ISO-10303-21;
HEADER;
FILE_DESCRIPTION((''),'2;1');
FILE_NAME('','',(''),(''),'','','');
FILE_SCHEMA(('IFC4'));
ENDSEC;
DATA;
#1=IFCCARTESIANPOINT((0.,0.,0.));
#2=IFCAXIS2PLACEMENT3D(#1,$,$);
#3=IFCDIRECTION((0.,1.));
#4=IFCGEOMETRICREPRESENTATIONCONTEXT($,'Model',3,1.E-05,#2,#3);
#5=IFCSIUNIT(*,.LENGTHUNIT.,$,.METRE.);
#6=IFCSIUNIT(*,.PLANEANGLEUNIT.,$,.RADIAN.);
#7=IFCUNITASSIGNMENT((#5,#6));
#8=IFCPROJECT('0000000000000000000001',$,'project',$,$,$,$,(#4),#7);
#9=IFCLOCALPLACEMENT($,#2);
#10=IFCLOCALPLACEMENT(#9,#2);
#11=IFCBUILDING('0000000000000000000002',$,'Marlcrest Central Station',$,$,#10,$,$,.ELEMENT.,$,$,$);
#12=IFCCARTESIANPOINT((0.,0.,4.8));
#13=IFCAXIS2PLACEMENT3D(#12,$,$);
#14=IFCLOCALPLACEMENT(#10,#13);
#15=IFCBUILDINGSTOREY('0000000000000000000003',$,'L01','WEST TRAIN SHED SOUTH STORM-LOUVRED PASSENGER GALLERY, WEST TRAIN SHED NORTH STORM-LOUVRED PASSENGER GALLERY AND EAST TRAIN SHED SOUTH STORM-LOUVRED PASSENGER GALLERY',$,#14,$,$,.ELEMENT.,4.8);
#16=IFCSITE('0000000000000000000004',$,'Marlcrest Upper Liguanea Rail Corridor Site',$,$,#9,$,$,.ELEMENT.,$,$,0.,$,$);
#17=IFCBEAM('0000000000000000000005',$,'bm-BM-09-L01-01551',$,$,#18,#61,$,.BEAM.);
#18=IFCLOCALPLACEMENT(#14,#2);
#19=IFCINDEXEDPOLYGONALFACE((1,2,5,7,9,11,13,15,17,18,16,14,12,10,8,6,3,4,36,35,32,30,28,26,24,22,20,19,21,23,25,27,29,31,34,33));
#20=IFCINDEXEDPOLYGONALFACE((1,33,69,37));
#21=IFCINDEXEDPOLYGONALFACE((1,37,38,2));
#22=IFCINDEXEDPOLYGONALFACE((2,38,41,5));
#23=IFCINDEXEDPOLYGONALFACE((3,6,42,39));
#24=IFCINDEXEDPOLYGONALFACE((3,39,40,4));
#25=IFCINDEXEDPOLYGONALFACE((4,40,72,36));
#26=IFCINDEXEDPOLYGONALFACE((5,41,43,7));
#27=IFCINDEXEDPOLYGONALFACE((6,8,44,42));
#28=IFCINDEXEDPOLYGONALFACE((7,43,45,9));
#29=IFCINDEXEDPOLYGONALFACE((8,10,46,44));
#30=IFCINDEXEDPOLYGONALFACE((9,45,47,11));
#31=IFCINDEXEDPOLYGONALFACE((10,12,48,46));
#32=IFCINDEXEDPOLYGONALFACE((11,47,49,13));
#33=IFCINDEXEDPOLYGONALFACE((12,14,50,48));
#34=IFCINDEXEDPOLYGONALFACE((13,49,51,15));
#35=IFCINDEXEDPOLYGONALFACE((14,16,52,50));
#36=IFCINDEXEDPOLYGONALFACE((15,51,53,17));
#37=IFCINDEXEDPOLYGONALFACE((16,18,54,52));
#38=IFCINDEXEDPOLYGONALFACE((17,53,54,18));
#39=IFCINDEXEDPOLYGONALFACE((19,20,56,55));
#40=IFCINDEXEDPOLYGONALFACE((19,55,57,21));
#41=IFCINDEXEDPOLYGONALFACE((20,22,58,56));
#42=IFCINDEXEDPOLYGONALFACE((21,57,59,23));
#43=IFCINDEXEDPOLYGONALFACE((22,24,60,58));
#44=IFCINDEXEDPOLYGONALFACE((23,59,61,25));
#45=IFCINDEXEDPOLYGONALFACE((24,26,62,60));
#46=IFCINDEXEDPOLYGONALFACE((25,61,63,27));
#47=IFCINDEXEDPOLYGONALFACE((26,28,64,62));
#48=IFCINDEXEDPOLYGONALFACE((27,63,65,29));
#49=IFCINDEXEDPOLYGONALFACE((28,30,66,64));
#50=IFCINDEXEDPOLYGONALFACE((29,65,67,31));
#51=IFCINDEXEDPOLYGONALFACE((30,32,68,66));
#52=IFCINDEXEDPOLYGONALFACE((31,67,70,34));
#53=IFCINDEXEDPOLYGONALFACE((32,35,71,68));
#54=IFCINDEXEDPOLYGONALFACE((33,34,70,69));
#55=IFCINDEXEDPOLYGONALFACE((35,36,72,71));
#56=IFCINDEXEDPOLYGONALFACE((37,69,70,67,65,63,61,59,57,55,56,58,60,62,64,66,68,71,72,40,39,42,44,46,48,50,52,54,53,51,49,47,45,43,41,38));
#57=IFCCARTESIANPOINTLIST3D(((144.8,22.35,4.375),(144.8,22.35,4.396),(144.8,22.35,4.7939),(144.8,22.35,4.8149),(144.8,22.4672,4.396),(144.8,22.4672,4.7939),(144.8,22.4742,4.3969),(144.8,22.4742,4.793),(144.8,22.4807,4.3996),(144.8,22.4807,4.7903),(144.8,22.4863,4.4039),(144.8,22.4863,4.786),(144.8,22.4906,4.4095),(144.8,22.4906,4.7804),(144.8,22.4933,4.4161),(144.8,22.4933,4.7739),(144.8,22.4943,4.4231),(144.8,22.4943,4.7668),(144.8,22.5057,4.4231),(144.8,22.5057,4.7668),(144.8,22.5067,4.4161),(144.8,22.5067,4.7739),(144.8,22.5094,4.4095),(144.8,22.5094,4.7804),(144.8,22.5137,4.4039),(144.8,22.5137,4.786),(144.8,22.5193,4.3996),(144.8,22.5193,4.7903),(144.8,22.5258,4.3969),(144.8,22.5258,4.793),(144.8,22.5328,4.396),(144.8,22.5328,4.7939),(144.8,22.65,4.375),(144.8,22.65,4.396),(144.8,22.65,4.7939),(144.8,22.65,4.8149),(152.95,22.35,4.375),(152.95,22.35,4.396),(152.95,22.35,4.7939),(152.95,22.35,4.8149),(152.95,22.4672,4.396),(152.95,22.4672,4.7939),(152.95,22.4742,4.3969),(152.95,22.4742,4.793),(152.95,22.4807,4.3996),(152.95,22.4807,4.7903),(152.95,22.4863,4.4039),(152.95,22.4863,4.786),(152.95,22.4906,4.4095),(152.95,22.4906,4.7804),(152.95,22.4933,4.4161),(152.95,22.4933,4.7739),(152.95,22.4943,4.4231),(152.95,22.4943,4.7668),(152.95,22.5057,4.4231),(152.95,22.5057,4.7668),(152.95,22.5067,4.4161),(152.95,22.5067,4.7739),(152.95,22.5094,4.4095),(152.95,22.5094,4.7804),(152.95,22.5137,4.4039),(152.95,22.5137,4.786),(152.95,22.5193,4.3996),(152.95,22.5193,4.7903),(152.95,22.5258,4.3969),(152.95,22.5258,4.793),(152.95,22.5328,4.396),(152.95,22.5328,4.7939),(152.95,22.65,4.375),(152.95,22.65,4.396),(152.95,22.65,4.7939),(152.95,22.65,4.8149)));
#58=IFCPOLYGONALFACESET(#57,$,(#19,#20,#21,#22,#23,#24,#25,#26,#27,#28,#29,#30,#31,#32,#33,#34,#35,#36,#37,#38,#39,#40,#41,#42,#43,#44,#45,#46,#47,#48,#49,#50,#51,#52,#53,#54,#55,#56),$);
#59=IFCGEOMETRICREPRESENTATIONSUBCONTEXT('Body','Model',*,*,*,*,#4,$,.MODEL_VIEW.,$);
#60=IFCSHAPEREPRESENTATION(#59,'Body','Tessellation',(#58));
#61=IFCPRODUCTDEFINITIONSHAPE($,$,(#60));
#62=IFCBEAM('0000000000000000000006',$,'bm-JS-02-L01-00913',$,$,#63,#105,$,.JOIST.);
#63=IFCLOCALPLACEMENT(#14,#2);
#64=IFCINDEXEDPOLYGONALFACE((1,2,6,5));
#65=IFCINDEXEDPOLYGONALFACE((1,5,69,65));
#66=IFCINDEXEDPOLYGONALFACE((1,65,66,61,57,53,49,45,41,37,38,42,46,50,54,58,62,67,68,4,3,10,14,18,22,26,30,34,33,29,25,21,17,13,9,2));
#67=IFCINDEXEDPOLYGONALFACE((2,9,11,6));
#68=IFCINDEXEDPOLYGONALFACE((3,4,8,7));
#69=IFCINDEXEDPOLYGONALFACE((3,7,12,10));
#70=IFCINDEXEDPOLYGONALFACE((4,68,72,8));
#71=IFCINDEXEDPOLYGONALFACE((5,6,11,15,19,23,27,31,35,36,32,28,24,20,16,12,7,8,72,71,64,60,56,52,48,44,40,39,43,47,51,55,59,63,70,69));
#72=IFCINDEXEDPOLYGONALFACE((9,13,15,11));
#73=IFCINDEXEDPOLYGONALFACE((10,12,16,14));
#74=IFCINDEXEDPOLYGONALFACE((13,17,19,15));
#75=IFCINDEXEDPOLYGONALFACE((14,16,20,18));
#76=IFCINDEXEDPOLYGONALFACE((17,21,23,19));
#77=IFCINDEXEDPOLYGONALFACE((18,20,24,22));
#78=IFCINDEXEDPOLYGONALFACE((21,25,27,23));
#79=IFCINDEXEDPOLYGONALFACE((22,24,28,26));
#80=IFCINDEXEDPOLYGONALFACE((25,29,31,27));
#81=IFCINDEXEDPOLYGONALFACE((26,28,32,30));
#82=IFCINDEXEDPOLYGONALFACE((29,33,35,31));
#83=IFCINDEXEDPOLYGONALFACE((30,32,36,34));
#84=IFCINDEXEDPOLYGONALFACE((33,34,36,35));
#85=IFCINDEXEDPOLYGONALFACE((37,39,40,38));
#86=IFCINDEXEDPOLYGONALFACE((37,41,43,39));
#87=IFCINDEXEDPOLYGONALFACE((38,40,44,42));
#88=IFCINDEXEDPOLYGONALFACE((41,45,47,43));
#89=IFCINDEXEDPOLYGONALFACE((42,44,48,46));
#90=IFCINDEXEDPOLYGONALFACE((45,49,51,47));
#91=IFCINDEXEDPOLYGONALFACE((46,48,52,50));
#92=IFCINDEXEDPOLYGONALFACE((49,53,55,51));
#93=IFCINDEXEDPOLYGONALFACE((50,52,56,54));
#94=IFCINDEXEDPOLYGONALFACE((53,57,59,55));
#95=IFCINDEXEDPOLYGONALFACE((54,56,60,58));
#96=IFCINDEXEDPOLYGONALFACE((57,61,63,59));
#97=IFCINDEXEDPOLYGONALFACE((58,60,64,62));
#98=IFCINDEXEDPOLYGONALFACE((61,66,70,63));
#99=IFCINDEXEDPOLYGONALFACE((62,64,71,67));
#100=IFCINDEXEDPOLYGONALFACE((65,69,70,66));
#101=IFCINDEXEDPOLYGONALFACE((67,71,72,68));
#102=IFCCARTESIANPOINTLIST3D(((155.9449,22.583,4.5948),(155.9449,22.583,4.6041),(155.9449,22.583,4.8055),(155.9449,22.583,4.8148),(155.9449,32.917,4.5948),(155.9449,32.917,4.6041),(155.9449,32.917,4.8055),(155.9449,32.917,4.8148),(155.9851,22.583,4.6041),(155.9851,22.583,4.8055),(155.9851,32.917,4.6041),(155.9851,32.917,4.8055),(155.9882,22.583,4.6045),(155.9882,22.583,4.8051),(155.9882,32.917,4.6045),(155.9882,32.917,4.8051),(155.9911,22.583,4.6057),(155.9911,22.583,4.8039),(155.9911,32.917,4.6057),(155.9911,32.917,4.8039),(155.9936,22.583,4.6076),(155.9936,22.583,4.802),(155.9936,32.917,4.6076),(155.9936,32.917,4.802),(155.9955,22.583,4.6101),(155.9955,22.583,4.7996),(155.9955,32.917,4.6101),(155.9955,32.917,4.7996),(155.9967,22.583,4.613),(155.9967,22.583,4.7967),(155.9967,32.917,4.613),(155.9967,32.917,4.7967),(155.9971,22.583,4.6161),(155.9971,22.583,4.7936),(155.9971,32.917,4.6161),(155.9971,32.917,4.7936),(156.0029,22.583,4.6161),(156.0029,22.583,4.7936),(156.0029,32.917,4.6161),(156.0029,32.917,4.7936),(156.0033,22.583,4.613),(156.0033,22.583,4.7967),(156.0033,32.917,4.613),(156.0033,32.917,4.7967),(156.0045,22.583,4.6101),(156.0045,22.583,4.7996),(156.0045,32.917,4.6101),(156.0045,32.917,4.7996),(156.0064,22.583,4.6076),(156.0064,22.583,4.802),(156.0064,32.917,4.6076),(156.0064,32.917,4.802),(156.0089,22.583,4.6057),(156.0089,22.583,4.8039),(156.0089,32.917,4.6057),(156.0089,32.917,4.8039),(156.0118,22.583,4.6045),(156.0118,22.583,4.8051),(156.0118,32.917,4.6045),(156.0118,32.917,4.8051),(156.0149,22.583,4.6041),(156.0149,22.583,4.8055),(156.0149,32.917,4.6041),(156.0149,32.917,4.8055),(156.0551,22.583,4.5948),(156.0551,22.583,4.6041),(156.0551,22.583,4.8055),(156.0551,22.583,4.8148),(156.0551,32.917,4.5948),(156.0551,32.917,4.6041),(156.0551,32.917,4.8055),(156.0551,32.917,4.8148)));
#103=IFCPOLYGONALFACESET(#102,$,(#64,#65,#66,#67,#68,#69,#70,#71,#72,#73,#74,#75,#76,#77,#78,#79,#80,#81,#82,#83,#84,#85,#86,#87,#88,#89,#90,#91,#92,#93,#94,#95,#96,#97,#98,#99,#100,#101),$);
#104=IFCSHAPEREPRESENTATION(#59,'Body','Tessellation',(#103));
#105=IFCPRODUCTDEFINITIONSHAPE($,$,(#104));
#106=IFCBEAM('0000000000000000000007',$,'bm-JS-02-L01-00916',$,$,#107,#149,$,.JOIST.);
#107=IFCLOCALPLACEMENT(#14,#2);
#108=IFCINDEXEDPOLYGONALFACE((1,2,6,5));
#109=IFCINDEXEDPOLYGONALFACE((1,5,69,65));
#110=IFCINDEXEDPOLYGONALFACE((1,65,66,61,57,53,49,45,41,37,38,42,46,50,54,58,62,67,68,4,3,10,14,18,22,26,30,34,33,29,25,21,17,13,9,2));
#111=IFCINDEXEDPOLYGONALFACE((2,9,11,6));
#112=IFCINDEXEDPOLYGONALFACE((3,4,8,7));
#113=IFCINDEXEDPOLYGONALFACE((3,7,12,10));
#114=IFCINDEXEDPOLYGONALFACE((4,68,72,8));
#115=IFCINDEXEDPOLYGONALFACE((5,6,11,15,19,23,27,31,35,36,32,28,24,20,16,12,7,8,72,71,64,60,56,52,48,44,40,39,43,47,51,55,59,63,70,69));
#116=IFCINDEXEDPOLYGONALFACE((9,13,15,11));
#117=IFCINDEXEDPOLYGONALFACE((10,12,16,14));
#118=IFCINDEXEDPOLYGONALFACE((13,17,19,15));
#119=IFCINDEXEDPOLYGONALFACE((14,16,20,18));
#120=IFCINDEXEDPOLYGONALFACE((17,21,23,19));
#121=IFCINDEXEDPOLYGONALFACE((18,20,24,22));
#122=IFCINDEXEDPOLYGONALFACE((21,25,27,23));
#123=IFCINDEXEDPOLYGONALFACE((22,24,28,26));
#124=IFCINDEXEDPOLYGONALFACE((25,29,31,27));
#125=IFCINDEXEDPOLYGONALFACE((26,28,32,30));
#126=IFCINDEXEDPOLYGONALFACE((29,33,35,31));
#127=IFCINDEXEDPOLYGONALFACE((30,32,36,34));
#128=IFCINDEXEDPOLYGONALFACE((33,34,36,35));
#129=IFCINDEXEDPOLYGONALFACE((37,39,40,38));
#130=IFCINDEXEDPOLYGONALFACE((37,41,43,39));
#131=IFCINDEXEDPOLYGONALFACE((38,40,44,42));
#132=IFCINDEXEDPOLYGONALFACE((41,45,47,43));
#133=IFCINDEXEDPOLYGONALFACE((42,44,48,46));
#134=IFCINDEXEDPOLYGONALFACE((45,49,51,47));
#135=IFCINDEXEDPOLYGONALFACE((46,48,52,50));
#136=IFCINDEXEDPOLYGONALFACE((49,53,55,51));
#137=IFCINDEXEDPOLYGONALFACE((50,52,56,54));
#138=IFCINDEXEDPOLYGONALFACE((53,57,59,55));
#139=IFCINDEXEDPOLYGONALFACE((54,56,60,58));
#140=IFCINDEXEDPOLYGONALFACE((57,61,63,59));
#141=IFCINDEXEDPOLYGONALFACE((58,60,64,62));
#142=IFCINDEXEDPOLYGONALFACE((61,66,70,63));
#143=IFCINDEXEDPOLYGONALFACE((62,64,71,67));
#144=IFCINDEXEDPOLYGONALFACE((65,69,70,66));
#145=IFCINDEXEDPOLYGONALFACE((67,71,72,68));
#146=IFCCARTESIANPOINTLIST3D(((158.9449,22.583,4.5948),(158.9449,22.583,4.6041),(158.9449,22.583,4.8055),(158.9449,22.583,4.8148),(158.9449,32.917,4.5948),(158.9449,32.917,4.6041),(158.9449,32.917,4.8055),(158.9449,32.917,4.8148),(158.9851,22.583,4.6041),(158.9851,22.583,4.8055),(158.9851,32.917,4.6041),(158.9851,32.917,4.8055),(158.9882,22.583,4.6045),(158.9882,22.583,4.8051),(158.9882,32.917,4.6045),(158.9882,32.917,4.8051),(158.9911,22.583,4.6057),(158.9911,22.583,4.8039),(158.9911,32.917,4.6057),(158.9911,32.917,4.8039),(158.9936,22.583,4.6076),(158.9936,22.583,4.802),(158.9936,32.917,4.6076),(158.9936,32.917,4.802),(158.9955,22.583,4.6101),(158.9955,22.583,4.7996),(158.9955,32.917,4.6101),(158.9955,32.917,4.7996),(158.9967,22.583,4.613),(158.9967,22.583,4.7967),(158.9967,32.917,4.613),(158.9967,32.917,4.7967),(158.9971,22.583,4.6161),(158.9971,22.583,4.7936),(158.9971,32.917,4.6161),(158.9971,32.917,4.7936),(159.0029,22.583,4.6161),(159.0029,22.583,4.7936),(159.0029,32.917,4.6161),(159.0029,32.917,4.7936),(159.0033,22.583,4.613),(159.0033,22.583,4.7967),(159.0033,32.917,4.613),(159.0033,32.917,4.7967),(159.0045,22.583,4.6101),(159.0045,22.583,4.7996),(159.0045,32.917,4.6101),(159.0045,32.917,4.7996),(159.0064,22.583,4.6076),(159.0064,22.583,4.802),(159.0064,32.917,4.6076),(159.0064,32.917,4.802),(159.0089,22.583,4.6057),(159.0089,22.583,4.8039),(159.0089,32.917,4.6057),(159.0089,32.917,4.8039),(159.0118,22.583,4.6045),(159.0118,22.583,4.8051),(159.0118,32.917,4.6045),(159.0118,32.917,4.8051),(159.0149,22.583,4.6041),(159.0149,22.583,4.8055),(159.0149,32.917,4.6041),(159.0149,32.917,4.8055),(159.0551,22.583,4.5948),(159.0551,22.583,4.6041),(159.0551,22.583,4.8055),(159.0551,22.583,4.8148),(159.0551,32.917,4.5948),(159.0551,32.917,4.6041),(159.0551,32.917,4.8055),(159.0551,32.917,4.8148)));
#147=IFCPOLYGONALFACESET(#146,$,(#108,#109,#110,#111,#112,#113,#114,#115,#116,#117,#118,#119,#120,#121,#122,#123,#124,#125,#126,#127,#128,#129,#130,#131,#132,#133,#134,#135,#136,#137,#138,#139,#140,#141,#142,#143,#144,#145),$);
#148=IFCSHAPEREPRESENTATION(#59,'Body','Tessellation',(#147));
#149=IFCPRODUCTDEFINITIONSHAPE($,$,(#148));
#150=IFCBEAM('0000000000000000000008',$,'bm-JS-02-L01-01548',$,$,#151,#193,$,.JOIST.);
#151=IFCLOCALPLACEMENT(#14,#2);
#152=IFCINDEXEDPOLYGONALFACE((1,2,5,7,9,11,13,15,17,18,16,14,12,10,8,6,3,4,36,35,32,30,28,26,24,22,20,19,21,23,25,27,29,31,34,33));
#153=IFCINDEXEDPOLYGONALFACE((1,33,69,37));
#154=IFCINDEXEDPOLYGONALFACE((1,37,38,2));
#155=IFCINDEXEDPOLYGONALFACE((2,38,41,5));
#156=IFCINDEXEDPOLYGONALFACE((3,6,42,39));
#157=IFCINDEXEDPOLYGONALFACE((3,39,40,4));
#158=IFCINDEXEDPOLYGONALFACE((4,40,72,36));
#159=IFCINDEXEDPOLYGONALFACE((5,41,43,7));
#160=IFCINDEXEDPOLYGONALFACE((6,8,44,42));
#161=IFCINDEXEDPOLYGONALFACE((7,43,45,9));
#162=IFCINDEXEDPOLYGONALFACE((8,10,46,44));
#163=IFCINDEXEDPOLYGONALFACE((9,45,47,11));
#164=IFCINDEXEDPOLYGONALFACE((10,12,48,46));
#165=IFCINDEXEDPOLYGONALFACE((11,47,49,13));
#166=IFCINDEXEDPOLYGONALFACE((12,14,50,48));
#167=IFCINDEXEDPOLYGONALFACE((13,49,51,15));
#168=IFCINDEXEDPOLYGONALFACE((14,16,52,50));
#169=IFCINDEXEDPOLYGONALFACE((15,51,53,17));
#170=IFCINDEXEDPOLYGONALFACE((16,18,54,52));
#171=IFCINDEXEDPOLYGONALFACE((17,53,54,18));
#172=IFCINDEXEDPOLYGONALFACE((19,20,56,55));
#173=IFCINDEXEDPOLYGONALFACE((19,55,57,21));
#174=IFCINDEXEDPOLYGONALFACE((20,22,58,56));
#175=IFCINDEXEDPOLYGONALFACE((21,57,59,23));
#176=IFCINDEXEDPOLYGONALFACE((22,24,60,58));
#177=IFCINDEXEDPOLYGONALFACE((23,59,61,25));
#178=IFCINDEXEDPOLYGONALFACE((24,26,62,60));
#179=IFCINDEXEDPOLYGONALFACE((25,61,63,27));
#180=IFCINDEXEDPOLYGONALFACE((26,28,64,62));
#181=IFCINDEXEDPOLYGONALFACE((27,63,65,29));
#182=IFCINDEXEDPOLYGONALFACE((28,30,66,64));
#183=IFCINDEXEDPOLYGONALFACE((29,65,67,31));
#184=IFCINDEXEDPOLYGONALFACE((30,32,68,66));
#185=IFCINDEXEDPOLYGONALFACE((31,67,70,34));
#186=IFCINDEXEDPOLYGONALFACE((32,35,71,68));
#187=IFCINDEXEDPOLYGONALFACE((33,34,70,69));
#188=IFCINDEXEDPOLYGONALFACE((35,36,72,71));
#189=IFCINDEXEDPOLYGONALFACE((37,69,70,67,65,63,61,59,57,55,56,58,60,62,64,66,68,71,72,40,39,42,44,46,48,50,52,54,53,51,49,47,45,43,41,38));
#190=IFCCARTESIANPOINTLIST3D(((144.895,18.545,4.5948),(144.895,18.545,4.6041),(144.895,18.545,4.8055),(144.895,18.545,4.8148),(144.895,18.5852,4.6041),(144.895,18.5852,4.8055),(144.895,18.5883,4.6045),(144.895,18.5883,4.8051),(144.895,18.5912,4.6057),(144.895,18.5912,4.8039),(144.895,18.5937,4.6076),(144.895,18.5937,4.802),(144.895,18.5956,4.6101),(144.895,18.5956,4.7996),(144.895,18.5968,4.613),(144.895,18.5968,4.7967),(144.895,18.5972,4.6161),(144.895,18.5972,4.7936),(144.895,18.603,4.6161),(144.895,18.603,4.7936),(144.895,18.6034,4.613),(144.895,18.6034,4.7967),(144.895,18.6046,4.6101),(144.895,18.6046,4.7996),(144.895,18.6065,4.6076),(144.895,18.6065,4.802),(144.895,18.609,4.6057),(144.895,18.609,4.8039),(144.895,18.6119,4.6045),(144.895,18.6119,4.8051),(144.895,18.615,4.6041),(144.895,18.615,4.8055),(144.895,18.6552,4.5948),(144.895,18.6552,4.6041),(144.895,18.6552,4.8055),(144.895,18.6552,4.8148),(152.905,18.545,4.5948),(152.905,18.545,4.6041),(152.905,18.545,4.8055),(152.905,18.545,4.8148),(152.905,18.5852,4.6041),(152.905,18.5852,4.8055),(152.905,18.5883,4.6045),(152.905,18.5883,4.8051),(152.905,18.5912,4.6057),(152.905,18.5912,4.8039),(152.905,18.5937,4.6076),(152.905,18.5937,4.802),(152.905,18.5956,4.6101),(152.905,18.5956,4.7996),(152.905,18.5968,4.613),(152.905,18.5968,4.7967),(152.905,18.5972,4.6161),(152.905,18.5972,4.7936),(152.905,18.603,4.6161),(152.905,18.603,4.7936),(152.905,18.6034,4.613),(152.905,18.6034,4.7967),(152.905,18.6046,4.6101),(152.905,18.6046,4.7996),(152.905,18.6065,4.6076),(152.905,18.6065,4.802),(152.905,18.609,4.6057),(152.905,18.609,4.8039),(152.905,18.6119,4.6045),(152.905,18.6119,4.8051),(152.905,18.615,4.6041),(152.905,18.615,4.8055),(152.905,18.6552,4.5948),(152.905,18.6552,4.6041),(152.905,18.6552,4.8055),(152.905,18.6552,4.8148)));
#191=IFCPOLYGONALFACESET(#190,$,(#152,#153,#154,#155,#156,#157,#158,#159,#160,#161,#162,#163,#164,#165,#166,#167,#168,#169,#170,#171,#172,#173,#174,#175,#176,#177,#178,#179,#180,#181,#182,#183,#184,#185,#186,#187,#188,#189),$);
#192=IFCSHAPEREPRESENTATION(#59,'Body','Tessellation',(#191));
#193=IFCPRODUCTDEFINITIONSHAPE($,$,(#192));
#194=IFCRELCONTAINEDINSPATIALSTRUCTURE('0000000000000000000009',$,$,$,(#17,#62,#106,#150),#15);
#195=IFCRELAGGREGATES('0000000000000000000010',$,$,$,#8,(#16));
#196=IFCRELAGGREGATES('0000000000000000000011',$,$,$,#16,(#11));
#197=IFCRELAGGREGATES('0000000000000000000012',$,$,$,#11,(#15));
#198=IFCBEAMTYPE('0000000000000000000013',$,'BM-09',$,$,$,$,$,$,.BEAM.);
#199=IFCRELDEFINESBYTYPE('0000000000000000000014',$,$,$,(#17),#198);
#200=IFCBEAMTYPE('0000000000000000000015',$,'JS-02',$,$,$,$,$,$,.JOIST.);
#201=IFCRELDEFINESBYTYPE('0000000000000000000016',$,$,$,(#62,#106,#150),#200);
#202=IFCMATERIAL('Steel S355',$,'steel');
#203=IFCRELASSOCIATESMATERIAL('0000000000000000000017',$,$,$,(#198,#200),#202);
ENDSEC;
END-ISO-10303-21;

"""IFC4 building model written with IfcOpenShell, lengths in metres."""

from ifc_helpers import new_model, si_unit, direction, frame, origin, origin_2d, place, context, subcontext, project, spatial, i_section, extrude, material, material_profile, profile_set, type_object, element, save


model = new_model("IFC4")

# Units and contexts
model_context = context("Model", 3, precision=1e-05, world=origin(), true_north=direction((0.0, 1.0)))
body_context = subcontext(model_context, "Body", "Model", "MODEL_VIEW")
ifc_project = project(units=[si_unit("LENGTHUNIT", "METRE"), si_unit("PLANEANGLEUNIT", "RADIAN")], contexts=[model_context])

# Site, building, storey
site_placement = place(None, origin())
site = spatial("IfcSite", under=ifc_project, at=site_placement, Name="Marlcrest Upper Liguanea Rail Corridor Site", CompositionType="ELEMENT", RefElevation=0.0)
building_placement = place(site_placement, origin())
building = spatial("IfcBuilding", under=site, at=building_placement, Name="Marlcrest Central Station", CompositionType="ELEMENT")
storey_placement = place(building_placement, frame((0.0, 0.0, 4.8)))
storey = spatial("IfcBuildingStorey", under=building, at=storey_placement, Name="L01", Description="WEST TRAIN SHED SOUTH STORM-LOUVRED PASSENGER GALLERY, WEST TRAIN SHED NORTH STORM-LOUVRED PASSENGER GALLERY AND EAST TRAIN SHED SOUTH STORM-LOUVRED PASSENGER GALLERY", CompositionType="ELEMENT", Elevation=4.8)

# Shared definitions
ifc_material_1 = material(Name="Steel S355", Category="steel")

# Beams
ifc_material_profile_1 = material_profile(ifc_material_1, i_section(OverallWidth=0.3, OverallDepth=0.4399, WebThickness=0.0115, FlangeThickness=0.021, FilletRadius=0.0271, at=origin_2d()), Name="HEA 450")
ifc_profile_set_1 = profile_set([ifc_material_profile_1], Name="Steel S355")
beam_type_1 = type_object("IfcBeamType", Name="BM-09", PredefinedType="BEAM", material=ifc_profile_set_1)
beam_1_placement = place(storey_placement, frame((144.8, 22.5, 4.595), z_axis=(1.0, 0.0, 0.0), x_axis=(0.0, 1.0, 0.0)))
element("IfcBeam", 1, at=beam_1_placement, inside=storey, type_object=beam_type_1, Name="bm-BM-09-L01-01551", PredefinedType="BEAM", context=body_context, shape_type="SweptSolid", body=[
    extrude(i_section(OverallWidth=0.3, OverallDepth=0.4399, WebThickness=0.0115, FlangeThickness=0.021, FilletRadius=0.0271, at=origin_2d()), origin(), (0.0, 0.0, 1.0), 8.1499),
])
ifc_material_profile_2 = material_profile(ifc_material_1, i_section(OverallWidth=0.1101, OverallDepth=0.22, WebThickness=0.0059, FlangeThickness=0.0093, FilletRadius=0.012, at=origin_2d()), Name="IPE 220")
ifc_profile_set_2 = profile_set([ifc_material_profile_2], Name="Steel S355")
beam_type_2 = type_object("IfcBeamType", Name="JS-02", PredefinedType="JOIST", material=ifc_profile_set_2)
for number, where, z_axis, x_axis, name in (
    (2, (156.0, 22.583, 4.7048), (0.0, 1.0, 0.0), (-1.0, 0.0, 0.0), "bm-JS-02-L01-00913"),
    (3, (159.0, 22.583, 4.7048), (0.0, 1.0, 0.0), (-1.0, 0.0, 0.0), "bm-JS-02-L01-00916"),
):
    element("IfcBeam", number, at=place(storey_placement, frame(where, z_axis=z_axis, x_axis=x_axis)), inside=storey, type_object=beam_type_2, Name=name, PredefinedType="JOIST", context=body_context, shape_type="SweptSolid", body=[
        extrude(i_section(OverallWidth=0.1101, OverallDepth=0.22, WebThickness=0.0059, FlangeThickness=0.0093, FilletRadius=0.012, at=origin_2d()), origin(), (0.0, 0.0, 1.0), 10.334),
    ])
beam_2_placement = place(storey_placement, frame((144.895, 18.6001, 4.7048), z_axis=(1.0, 0.0, 0.0), x_axis=(0.0, 1.0, 0.0)))
element("IfcBeam", 4, at=beam_2_placement, inside=storey, type_object=beam_type_2, Name="bm-JS-02-L01-01548", PredefinedType="JOIST", context=body_context, shape_type="SweptSolid", body=[
    extrude(i_section(OverallWidth=0.1101, OverallDepth=0.22, WebThickness=0.0059, FlangeThickness=0.0093, FilletRadius=0.012, at=origin_2d()), origin(), (0.0, 0.0, 1.0), 8.01),
])

save(model, "model.ifc")
